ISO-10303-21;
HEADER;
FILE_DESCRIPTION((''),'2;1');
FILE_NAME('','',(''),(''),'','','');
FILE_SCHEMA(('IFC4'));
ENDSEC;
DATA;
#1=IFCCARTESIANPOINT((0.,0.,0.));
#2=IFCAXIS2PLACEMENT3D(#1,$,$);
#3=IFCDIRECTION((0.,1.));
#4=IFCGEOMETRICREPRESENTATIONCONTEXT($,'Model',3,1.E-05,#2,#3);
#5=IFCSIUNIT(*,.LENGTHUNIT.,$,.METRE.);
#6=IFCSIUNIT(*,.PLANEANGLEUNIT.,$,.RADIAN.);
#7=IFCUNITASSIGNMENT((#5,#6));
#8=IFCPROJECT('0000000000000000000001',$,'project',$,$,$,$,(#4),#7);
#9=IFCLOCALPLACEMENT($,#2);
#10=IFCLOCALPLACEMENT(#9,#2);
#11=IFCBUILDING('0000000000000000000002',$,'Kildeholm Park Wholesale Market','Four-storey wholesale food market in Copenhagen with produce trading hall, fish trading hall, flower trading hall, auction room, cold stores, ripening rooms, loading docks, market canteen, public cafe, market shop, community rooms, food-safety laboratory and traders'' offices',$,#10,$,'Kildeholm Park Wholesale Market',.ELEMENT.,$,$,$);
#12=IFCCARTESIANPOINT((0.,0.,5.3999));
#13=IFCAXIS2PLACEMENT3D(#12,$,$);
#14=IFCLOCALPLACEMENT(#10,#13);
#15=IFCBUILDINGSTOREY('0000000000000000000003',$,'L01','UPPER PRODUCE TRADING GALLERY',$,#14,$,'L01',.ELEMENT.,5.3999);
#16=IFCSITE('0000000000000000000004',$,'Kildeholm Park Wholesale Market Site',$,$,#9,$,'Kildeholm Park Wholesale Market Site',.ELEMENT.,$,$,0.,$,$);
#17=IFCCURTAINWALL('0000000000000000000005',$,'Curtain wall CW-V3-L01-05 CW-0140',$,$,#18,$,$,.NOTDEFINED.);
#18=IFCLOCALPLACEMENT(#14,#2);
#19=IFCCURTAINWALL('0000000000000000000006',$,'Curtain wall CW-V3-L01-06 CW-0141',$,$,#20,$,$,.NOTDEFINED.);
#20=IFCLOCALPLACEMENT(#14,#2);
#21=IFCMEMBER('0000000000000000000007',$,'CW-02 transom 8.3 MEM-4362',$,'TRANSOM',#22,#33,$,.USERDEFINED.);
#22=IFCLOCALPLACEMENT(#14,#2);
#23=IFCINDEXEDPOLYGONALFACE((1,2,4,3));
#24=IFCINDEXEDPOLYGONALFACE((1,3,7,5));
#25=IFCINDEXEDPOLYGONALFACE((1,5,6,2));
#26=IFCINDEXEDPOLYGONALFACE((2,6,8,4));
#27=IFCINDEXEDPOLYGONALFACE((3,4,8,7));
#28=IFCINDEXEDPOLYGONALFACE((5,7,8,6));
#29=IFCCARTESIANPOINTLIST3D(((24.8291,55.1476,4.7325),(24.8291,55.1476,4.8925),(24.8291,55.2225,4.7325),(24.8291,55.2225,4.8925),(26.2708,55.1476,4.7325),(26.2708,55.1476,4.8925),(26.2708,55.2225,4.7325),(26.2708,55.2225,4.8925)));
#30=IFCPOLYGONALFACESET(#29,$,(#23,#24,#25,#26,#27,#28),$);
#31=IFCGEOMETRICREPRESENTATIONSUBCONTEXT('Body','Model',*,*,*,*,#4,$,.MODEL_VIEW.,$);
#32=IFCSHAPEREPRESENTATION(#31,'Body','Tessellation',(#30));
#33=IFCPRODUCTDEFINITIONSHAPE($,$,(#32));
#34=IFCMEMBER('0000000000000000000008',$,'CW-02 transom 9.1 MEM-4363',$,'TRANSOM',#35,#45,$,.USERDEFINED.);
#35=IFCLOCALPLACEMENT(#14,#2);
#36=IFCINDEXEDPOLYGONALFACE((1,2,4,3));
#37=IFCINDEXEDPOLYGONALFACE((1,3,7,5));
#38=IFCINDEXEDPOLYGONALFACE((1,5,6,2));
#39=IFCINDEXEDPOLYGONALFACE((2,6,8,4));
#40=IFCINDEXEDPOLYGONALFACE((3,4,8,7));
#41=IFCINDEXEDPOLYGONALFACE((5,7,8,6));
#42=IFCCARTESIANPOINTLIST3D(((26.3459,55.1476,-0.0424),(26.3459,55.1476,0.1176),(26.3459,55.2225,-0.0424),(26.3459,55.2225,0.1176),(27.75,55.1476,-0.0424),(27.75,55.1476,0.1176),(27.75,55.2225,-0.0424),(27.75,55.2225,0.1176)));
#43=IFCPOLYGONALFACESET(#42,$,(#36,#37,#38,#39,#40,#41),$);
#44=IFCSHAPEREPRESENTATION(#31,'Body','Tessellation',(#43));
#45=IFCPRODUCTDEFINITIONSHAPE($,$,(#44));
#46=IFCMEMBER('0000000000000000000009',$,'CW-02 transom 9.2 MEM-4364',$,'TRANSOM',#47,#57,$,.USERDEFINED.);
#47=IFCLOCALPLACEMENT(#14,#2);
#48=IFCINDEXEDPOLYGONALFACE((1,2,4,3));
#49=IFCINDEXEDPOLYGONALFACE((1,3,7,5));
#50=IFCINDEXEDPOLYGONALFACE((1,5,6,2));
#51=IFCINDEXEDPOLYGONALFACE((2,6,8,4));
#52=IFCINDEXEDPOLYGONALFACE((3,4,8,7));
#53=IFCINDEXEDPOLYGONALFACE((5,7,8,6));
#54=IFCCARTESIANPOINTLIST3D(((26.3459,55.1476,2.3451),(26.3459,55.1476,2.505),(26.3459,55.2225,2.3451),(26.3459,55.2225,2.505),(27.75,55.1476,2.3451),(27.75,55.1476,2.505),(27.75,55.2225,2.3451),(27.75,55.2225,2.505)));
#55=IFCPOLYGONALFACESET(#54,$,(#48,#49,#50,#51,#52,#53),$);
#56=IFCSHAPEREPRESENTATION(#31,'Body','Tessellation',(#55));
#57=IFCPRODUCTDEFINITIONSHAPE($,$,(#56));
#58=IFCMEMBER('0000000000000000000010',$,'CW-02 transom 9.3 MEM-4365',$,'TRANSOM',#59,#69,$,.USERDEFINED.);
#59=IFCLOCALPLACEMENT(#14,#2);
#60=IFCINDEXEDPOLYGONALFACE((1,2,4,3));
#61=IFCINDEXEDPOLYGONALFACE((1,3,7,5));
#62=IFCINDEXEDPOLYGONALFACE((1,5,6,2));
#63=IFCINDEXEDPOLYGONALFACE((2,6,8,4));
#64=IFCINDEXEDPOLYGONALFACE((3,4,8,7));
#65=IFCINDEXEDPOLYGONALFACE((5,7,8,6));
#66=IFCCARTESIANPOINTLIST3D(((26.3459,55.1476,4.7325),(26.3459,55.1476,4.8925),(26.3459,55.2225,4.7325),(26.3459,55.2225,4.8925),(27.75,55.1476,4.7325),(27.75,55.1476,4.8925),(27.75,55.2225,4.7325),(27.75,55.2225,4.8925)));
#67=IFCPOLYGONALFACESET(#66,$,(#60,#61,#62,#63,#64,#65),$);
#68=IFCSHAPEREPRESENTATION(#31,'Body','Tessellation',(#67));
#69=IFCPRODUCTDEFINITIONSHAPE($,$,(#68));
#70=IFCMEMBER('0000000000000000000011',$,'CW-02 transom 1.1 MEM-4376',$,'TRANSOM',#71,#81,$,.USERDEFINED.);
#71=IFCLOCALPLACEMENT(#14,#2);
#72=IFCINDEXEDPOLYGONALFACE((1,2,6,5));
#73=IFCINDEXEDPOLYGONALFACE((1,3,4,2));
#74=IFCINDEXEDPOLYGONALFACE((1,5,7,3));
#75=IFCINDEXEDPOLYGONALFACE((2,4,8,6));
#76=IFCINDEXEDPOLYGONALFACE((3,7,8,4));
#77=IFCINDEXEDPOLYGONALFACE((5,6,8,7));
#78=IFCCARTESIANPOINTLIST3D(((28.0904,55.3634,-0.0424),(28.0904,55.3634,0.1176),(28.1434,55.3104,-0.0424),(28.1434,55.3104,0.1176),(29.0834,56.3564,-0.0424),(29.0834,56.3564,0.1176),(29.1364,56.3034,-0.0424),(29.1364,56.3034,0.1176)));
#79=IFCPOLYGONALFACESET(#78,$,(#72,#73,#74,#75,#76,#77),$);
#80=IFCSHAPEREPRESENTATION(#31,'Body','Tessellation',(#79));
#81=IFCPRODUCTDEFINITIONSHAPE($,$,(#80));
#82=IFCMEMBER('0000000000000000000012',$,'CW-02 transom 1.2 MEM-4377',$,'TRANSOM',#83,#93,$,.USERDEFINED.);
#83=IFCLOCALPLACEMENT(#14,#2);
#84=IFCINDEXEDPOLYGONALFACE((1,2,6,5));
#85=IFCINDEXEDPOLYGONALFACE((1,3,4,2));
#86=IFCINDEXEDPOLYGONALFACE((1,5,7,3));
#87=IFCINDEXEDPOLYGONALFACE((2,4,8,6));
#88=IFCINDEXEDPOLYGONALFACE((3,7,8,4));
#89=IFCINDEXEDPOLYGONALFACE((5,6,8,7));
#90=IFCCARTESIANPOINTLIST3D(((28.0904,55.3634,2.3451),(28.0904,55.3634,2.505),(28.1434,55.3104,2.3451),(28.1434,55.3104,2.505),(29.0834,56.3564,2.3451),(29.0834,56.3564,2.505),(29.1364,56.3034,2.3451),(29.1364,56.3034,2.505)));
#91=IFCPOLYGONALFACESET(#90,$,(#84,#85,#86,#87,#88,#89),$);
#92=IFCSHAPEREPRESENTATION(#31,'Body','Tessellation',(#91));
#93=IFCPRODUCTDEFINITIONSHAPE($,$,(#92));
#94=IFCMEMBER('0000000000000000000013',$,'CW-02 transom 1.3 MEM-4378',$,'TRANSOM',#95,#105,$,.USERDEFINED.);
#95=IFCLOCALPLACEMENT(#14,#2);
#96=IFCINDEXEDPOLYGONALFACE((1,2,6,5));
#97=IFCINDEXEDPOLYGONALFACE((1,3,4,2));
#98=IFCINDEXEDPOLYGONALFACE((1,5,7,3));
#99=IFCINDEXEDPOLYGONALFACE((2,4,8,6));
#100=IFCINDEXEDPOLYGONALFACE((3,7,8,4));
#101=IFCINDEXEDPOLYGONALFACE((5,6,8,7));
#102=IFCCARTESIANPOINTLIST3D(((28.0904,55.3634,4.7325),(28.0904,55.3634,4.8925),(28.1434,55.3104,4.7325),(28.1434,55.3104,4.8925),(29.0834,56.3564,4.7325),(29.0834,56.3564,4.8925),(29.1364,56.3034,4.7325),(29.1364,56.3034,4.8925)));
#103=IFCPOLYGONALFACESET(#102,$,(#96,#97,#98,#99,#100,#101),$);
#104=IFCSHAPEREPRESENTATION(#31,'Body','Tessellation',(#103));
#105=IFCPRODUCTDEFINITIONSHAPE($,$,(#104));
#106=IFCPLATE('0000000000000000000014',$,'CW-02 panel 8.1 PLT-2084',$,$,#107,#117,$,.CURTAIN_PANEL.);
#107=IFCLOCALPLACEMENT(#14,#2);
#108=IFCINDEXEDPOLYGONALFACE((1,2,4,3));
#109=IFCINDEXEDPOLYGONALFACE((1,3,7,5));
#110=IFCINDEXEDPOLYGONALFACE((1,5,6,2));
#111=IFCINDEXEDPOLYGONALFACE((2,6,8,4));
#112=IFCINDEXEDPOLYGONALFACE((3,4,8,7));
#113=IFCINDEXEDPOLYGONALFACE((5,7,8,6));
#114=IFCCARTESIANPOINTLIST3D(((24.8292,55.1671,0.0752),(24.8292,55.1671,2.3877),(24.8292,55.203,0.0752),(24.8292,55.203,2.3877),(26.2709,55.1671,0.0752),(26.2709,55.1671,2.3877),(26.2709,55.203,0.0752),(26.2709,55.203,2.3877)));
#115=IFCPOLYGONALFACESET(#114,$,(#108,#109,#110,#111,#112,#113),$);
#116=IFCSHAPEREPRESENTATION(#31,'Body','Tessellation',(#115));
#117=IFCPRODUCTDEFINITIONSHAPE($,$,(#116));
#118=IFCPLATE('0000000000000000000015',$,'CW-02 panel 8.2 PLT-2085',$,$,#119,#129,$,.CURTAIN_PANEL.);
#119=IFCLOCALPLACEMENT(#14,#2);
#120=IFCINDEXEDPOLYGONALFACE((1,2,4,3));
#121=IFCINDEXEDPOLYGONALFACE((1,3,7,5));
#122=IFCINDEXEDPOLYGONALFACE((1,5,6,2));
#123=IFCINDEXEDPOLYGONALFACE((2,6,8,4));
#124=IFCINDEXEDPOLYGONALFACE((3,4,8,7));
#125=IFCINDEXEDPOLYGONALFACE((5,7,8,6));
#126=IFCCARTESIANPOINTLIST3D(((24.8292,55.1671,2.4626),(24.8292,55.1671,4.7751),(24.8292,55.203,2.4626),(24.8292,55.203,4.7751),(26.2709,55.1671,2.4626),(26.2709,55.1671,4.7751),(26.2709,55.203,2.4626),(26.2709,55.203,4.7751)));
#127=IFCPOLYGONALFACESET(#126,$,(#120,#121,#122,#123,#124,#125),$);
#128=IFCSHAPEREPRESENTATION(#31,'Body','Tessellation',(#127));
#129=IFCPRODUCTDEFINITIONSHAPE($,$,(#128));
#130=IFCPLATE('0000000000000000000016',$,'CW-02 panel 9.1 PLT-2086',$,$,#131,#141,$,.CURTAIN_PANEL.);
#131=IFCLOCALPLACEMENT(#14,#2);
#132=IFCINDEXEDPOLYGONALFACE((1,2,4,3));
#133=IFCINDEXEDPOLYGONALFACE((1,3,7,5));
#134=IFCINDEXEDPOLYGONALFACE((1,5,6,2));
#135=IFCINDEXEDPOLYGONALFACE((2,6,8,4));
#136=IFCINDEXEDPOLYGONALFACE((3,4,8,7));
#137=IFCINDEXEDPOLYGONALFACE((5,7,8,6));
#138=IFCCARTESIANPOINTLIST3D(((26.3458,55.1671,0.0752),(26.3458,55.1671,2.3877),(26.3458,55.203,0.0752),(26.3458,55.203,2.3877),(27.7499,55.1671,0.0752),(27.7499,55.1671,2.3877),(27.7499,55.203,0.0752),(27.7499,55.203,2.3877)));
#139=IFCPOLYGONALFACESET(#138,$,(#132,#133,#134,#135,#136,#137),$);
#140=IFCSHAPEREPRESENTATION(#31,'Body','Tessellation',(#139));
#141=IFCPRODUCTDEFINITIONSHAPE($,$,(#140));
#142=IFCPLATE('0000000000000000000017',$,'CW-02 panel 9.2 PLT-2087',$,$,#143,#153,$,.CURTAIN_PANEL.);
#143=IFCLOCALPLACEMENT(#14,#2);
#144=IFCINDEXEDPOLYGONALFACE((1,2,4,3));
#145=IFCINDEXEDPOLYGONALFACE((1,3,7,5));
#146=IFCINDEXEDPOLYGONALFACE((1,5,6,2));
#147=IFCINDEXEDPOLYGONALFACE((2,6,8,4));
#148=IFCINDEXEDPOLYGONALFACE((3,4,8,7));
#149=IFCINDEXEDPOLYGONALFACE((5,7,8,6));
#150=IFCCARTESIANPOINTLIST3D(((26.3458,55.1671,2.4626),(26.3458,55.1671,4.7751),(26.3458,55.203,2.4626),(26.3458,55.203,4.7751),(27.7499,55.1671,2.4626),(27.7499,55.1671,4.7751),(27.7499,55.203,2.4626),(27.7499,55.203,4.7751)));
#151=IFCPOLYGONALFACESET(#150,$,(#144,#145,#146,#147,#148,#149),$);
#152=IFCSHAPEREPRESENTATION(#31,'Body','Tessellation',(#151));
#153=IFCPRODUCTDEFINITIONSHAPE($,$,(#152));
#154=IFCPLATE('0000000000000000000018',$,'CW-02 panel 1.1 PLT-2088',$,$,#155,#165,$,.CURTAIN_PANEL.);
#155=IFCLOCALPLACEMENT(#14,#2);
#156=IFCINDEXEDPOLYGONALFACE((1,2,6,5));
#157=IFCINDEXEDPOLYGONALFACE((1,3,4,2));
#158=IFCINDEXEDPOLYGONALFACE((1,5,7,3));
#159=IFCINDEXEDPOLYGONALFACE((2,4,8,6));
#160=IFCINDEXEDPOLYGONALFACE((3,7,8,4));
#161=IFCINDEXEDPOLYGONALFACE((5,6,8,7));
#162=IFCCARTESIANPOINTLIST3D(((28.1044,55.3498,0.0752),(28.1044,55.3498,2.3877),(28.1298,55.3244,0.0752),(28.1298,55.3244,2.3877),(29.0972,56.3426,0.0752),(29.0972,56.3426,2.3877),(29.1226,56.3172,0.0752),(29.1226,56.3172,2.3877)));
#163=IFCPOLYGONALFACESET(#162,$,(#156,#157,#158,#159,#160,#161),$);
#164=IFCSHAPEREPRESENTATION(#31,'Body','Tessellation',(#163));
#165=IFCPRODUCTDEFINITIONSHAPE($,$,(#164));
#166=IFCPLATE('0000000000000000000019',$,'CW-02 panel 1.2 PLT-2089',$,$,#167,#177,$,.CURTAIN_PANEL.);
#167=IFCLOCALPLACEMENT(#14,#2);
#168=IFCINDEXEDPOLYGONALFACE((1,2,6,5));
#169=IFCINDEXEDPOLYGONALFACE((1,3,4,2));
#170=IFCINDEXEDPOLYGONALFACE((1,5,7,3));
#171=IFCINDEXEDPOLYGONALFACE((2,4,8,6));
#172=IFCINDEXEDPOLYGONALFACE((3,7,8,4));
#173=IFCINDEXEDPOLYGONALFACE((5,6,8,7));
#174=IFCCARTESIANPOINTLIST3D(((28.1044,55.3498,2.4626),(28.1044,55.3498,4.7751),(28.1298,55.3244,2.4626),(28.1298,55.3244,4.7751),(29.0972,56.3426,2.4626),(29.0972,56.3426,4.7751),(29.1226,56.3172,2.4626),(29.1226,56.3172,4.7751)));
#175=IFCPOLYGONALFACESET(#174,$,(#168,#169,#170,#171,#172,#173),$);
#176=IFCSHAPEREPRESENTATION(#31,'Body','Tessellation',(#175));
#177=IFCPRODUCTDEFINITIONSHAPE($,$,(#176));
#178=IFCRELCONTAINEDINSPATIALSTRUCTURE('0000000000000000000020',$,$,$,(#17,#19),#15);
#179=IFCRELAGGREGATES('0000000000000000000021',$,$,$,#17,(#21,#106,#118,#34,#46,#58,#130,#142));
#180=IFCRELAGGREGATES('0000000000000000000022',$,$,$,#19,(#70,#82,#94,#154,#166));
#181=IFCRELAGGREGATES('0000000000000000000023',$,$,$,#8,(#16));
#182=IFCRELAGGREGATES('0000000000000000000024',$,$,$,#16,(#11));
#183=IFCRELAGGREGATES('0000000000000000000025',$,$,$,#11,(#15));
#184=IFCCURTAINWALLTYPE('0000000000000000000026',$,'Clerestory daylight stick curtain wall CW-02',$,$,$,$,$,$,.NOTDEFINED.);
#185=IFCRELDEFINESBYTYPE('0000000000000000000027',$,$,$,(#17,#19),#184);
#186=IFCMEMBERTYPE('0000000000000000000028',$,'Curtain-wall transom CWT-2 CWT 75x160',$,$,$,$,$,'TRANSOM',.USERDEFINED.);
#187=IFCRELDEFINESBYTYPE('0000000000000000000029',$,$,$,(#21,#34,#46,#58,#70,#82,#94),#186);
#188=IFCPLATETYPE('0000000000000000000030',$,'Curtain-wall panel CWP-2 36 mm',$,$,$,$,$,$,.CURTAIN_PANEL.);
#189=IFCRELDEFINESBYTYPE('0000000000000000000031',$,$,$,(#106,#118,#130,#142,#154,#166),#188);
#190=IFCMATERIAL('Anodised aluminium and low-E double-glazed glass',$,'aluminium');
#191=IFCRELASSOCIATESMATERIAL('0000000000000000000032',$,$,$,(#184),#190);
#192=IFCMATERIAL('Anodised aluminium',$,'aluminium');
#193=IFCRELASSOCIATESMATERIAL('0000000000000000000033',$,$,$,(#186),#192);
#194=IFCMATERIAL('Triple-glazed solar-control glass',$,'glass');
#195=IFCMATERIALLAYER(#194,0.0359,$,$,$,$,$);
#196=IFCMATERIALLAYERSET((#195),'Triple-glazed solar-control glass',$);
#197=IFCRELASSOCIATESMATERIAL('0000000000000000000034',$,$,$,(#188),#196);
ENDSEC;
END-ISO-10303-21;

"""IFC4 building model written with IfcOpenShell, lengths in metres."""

from ifc_helpers import new_model, si_unit, direction, frame, origin, origin_2d, place, context, subcontext, project, spatial, rectangle, extrude, material, layer, layer_set, material_profile, profile_set, type_object, element, aggregate, save


model = new_model("IFC4")

# Units and contexts
model_context = context("Model", 3, precision=1e-05, world=origin(), true_north=direction((0.0, 1.0)))
body_context = subcontext(model_context, "Body", "Model", "MODEL_VIEW")
ifc_project = project(units=[si_unit("LENGTHUNIT", "METRE"), si_unit("PLANEANGLEUNIT", "RADIAN")], contexts=[model_context])

# Site, building, storey
site_placement = place(None, origin())
site = spatial("IfcSite", under=ifc_project, at=site_placement, Name="Kildeholm Park Wholesale Market Site", LongName="Kildeholm Park Wholesale Market Site", CompositionType="ELEMENT", RefElevation=0.0)
building_placement = place(site_placement, origin())
building = spatial("IfcBuilding", under=site, at=building_placement, Name="Kildeholm Park Wholesale Market", Description="Four-storey wholesale food market in Copenhagen with produce trading hall, fish trading hall, flower trading hall, auction room, cold stores, ripening rooms, loading docks, market canteen, public cafe, market shop, community rooms, food-safety laboratory and traders' offices", LongName="Kildeholm Park Wholesale Market", CompositionType="ELEMENT")
storey_placement = place(building_placement, frame((0.0, 0.0, 5.3999)))
storey = spatial("IfcBuildingStorey", under=building, at=storey_placement, Name="L01", Description="UPPER PRODUCE TRADING GALLERY", LongName="L01", CompositionType="ELEMENT", Elevation=5.3999)

# Curtain walls
ifc_material_1 = material(Name="Anodised aluminium and low-E double-glazed glass", Category="aluminium")
curtain_wall_type = type_object("IfcCurtainWallType", Name="Clerestory daylight stick curtain wall CW-02", PredefinedType="NOTDEFINED", material=ifc_material_1)
curtain_wall_1_placement = place(storey_placement, origin())
curtain_wall_1 = element("IfcCurtainWall", 1, at=curtain_wall_1_placement, inside=storey, type_object=curtain_wall_type, Name="Curtain wall CW-V3-L01-05 CW-0140", PredefinedType="NOTDEFINED")
ifc_material_2 = material(Name="Anodised aluminium", Category="aluminium")
curtain_wall_2_placement = place(storey_placement, origin())
curtain_wall_2 = element("IfcCurtainWall", 2, at=curtain_wall_2_placement, inside=storey, type_object=curtain_wall_type, Name="Curtain wall CW-V3-L01-06 CW-0141", PredefinedType="NOTDEFINED")

# Members
ifc_material_profile_1 = material_profile(ifc_material_2, rectangle(XDim=0.075, YDim=0.1599, at=origin_2d()), Name="CWT 75x160")
ifc_profile_set_1 = profile_set([ifc_material_profile_1], Name="Anodised aluminium")
member_type_1 = type_object("IfcMemberType", Name="Curtain-wall transom CWT-2 CWT 75x160", ElementType="TRANSOM", PredefinedType="USERDEFINED", material=ifc_profile_set_1)
member_1_placement = place(storey_placement, frame((24.8291, 55.1851, 4.8125), z_axis=(1.0, 0.0, 0.0), x_axis=(0.0, 1.0, 0.0)))
member_1 = element("IfcMember", 3, at=member_1_placement, type_object=member_type_1, Name="CW-02 transom 8.3 MEM-4362", ObjectType="TRANSOM", PredefinedType="USERDEFINED", context=body_context, shape_type="SweptSolid", body=[
    extrude(rectangle(XDim=0.075, YDim=0.1599, at=origin_2d()), origin(), (0.0, 0.0, 1.0), 1.4417),
])
member_2_placement = place(storey_placement, frame((26.3459, 55.1851, 0.0376), z_axis=(1.0, 0.0, 0.0), x_axis=(0.0, 1.0, 0.0)))
member_2 = element("IfcMember", 4, at=member_2_placement, type_object=member_type_1, Name="CW-02 transom 9.1 MEM-4363", ObjectType="TRANSOM", PredefinedType="USERDEFINED", context=body_context, shape_type="SweptSolid", body=[
    extrude(rectangle(XDim=0.075, YDim=0.1599, at=origin_2d()), origin(), (0.0, 0.0, 1.0), 1.4041),
])
member_3_placement = place(storey_placement, frame((26.3459, 55.1851, 2.425), z_axis=(1.0, 0.0, 0.0), x_axis=(0.0, 1.0, 0.0)))
member_3 = element("IfcMember", 5, at=member_3_placement, type_object=member_type_1, Name="CW-02 transom 9.2 MEM-4364", ObjectType="TRANSOM", PredefinedType="USERDEFINED", context=body_context, shape_type="SweptSolid", body=[
    extrude(rectangle(XDim=0.075, YDim=0.1599, at=origin_2d()), origin(), (0.0, 0.0, 1.0), 1.4041),
])
member_4_placement = place(storey_placement, frame((26.3459, 55.1851, 4.8125), z_axis=(1.0, 0.0, 0.0), x_axis=(0.0, 1.0, 0.0)))
member_4 = element("IfcMember", 6, at=member_4_placement, type_object=member_type_1, Name="CW-02 transom 9.3 MEM-4365", ObjectType="TRANSOM", PredefinedType="USERDEFINED", context=body_context, shape_type="SweptSolid", body=[
    extrude(rectangle(XDim=0.075, YDim=0.1599, at=origin_2d()), origin(), (0.0, 0.0, 1.0), 1.4041),
])
member_5_placement = place(storey_placement, frame((28.1169, 55.3369, 0.0376), z_axis=(0.707107, 0.707107, 0.0), x_axis=(-0.707107, 0.707107, 0.0)))
member_5 = element("IfcMember", 7, at=member_5_placement, type_object=member_type_1, Name="CW-02 transom 1.1 MEM-4376", ObjectType="TRANSOM", PredefinedType="USERDEFINED", context=body_context, shape_type="SweptSolid", body=[
    extrude(rectangle(XDim=0.075, YDim=0.1599, at=origin_2d()), origin(), (0.0, 0.0, 1.0), 1.4043),
])
member_6_placement = place(storey_placement, frame((28.1169, 55.3369, 2.425), z_axis=(0.707107, 0.707107, 0.0), x_axis=(-0.707107, 0.707107, 0.0)))
member_6 = element("IfcMember", 8, at=member_6_placement, type_object=member_type_1, Name="CW-02 transom 1.2 MEM-4377", ObjectType="TRANSOM", PredefinedType="USERDEFINED", context=body_context, shape_type="SweptSolid", body=[
    extrude(rectangle(XDim=0.075, YDim=0.1599, at=origin_2d()), origin(), (0.0, 0.0, 1.0), 1.4043),
])
member_7_placement = place(storey_placement, frame((28.1169, 55.3369, 4.8125), z_axis=(0.707107, 0.707107, 0.0), x_axis=(-0.707107, 0.707107, 0.0)))
member_7 = element("IfcMember", 9, at=member_7_placement, type_object=member_type_1, Name="CW-02 transom 1.3 MEM-4378", ObjectType="TRANSOM", PredefinedType="USERDEFINED", context=body_context, shape_type="SweptSolid", body=[
    extrude(rectangle(XDim=0.075, YDim=0.1599, at=origin_2d()), origin(), (0.0, 0.0, 1.0), 1.4043),
])

# Plates
ifc_material_3 = material(Name="Triple-glazed solar-control glass", Category="glass")
ifc_layer = layer(ifc_material_3, 0.0359)
ifc_layer_set = layer_set([ifc_layer], Name="Triple-glazed solar-control glass")
plate_type = type_object("IfcPlateType", Name="Curtain-wall panel CWP-2 36 mm", PredefinedType="CURTAIN_PANEL", material=ifc_layer_set)
plate_1_placement = place(storey_placement, frame((25.55, 55.1851, 0.0752), z_axis=(0.0, 0.0, 1.0), x_axis=(1.0, 0.0, 0.0)))
plate_1 = element("IfcPlate", 10, at=plate_1_placement, type_object=plate_type, Name="CW-02 panel 8.1 PLT-2084", PredefinedType="CURTAIN_PANEL", context=body_context, shape_type="SweptSolid", body=[
    extrude(rectangle(XDim=1.4417, YDim=0.0359, at=origin_2d()), origin(), (0.0, 0.0, 1.0), 2.3125),
])
plate_2_placement = place(storey_placement, frame((25.55, 55.1851, 2.4626), z_axis=(0.0, 0.0, 1.0), x_axis=(1.0, 0.0, 0.0)))
plate_2 = element("IfcPlate", 11, at=plate_2_placement, type_object=plate_type, Name="CW-02 panel 8.2 PLT-2085", PredefinedType="CURTAIN_PANEL", context=body_context, shape_type="SweptSolid", body=[
    extrude(rectangle(XDim=1.4417, YDim=0.0359, at=origin_2d()), origin(), (0.0, 0.0, 1.0), 2.3125),
])
plate_3_placement = place(storey_placement, frame((27.0479, 55.1851, 0.0752), z_axis=(0.0, 0.0, 1.0), x_axis=(1.0, 0.0, 0.0)))
plate_3 = element("IfcPlate", 12, at=plate_3_placement, type_object=plate_type, Name="CW-02 panel 9.1 PLT-2086", PredefinedType="CURTAIN_PANEL", context=body_context, shape_type="SweptSolid", body=[
    extrude(rectangle(XDim=1.4041, YDim=0.0359, at=origin_2d()), origin(), (0.0, 0.0, 1.0), 2.3125),
])
plate_4_placement = place(storey_placement, frame((27.0479, 55.1851, 2.4626), z_axis=(0.0, 0.0, 1.0), x_axis=(1.0, 0.0, 0.0)))
plate_4 = element("IfcPlate", 13, at=plate_4_placement, type_object=plate_type, Name="CW-02 panel 9.2 PLT-2087", PredefinedType="CURTAIN_PANEL", context=body_context, shape_type="SweptSolid", body=[
    extrude(rectangle(XDim=1.4041, YDim=0.0359, at=origin_2d()), origin(), (0.0, 0.0, 1.0), 2.3125),
])
aggregate(curtain_wall_1, [member_1, plate_1, plate_2, member_2, member_3, member_4, plate_3, plate_4])
plate_5_placement = place(storey_placement, frame((28.6135, 55.8335, 0.0752), z_axis=(0.0, 0.0, 1.0), x_axis=(0.707107, 0.707107, 0.0)))
plate_5 = element("IfcPlate", 14, at=plate_5_placement, type_object=plate_type, Name="CW-02 panel 1.1 PLT-2088", PredefinedType="CURTAIN_PANEL", context=body_context, shape_type="SweptSolid", body=[
    extrude(rectangle(XDim=1.4041, YDim=0.0359, at=origin_2d()), origin(), (0.0, 0.0, 1.0), 2.3125),
])
plate_6_placement = place(storey_placement, frame((28.6135, 55.8335, 2.4626), z_axis=(0.0, 0.0, 1.0), x_axis=(0.707107, 0.707107, 0.0)))
plate_6 = element("IfcPlate", 15, at=plate_6_placement, type_object=plate_type, Name="CW-02 panel 1.2 PLT-2089", PredefinedType="CURTAIN_PANEL", context=body_context, shape_type="SweptSolid", body=[
    extrude(rectangle(XDim=1.4041, YDim=0.0359, at=origin_2d()), origin(), (0.0, 0.0, 1.0), 2.3125),
])
aggregate(curtain_wall_2, [member_5, member_6, member_7, plate_5, plate_6])

save(model, "model.ifc")
